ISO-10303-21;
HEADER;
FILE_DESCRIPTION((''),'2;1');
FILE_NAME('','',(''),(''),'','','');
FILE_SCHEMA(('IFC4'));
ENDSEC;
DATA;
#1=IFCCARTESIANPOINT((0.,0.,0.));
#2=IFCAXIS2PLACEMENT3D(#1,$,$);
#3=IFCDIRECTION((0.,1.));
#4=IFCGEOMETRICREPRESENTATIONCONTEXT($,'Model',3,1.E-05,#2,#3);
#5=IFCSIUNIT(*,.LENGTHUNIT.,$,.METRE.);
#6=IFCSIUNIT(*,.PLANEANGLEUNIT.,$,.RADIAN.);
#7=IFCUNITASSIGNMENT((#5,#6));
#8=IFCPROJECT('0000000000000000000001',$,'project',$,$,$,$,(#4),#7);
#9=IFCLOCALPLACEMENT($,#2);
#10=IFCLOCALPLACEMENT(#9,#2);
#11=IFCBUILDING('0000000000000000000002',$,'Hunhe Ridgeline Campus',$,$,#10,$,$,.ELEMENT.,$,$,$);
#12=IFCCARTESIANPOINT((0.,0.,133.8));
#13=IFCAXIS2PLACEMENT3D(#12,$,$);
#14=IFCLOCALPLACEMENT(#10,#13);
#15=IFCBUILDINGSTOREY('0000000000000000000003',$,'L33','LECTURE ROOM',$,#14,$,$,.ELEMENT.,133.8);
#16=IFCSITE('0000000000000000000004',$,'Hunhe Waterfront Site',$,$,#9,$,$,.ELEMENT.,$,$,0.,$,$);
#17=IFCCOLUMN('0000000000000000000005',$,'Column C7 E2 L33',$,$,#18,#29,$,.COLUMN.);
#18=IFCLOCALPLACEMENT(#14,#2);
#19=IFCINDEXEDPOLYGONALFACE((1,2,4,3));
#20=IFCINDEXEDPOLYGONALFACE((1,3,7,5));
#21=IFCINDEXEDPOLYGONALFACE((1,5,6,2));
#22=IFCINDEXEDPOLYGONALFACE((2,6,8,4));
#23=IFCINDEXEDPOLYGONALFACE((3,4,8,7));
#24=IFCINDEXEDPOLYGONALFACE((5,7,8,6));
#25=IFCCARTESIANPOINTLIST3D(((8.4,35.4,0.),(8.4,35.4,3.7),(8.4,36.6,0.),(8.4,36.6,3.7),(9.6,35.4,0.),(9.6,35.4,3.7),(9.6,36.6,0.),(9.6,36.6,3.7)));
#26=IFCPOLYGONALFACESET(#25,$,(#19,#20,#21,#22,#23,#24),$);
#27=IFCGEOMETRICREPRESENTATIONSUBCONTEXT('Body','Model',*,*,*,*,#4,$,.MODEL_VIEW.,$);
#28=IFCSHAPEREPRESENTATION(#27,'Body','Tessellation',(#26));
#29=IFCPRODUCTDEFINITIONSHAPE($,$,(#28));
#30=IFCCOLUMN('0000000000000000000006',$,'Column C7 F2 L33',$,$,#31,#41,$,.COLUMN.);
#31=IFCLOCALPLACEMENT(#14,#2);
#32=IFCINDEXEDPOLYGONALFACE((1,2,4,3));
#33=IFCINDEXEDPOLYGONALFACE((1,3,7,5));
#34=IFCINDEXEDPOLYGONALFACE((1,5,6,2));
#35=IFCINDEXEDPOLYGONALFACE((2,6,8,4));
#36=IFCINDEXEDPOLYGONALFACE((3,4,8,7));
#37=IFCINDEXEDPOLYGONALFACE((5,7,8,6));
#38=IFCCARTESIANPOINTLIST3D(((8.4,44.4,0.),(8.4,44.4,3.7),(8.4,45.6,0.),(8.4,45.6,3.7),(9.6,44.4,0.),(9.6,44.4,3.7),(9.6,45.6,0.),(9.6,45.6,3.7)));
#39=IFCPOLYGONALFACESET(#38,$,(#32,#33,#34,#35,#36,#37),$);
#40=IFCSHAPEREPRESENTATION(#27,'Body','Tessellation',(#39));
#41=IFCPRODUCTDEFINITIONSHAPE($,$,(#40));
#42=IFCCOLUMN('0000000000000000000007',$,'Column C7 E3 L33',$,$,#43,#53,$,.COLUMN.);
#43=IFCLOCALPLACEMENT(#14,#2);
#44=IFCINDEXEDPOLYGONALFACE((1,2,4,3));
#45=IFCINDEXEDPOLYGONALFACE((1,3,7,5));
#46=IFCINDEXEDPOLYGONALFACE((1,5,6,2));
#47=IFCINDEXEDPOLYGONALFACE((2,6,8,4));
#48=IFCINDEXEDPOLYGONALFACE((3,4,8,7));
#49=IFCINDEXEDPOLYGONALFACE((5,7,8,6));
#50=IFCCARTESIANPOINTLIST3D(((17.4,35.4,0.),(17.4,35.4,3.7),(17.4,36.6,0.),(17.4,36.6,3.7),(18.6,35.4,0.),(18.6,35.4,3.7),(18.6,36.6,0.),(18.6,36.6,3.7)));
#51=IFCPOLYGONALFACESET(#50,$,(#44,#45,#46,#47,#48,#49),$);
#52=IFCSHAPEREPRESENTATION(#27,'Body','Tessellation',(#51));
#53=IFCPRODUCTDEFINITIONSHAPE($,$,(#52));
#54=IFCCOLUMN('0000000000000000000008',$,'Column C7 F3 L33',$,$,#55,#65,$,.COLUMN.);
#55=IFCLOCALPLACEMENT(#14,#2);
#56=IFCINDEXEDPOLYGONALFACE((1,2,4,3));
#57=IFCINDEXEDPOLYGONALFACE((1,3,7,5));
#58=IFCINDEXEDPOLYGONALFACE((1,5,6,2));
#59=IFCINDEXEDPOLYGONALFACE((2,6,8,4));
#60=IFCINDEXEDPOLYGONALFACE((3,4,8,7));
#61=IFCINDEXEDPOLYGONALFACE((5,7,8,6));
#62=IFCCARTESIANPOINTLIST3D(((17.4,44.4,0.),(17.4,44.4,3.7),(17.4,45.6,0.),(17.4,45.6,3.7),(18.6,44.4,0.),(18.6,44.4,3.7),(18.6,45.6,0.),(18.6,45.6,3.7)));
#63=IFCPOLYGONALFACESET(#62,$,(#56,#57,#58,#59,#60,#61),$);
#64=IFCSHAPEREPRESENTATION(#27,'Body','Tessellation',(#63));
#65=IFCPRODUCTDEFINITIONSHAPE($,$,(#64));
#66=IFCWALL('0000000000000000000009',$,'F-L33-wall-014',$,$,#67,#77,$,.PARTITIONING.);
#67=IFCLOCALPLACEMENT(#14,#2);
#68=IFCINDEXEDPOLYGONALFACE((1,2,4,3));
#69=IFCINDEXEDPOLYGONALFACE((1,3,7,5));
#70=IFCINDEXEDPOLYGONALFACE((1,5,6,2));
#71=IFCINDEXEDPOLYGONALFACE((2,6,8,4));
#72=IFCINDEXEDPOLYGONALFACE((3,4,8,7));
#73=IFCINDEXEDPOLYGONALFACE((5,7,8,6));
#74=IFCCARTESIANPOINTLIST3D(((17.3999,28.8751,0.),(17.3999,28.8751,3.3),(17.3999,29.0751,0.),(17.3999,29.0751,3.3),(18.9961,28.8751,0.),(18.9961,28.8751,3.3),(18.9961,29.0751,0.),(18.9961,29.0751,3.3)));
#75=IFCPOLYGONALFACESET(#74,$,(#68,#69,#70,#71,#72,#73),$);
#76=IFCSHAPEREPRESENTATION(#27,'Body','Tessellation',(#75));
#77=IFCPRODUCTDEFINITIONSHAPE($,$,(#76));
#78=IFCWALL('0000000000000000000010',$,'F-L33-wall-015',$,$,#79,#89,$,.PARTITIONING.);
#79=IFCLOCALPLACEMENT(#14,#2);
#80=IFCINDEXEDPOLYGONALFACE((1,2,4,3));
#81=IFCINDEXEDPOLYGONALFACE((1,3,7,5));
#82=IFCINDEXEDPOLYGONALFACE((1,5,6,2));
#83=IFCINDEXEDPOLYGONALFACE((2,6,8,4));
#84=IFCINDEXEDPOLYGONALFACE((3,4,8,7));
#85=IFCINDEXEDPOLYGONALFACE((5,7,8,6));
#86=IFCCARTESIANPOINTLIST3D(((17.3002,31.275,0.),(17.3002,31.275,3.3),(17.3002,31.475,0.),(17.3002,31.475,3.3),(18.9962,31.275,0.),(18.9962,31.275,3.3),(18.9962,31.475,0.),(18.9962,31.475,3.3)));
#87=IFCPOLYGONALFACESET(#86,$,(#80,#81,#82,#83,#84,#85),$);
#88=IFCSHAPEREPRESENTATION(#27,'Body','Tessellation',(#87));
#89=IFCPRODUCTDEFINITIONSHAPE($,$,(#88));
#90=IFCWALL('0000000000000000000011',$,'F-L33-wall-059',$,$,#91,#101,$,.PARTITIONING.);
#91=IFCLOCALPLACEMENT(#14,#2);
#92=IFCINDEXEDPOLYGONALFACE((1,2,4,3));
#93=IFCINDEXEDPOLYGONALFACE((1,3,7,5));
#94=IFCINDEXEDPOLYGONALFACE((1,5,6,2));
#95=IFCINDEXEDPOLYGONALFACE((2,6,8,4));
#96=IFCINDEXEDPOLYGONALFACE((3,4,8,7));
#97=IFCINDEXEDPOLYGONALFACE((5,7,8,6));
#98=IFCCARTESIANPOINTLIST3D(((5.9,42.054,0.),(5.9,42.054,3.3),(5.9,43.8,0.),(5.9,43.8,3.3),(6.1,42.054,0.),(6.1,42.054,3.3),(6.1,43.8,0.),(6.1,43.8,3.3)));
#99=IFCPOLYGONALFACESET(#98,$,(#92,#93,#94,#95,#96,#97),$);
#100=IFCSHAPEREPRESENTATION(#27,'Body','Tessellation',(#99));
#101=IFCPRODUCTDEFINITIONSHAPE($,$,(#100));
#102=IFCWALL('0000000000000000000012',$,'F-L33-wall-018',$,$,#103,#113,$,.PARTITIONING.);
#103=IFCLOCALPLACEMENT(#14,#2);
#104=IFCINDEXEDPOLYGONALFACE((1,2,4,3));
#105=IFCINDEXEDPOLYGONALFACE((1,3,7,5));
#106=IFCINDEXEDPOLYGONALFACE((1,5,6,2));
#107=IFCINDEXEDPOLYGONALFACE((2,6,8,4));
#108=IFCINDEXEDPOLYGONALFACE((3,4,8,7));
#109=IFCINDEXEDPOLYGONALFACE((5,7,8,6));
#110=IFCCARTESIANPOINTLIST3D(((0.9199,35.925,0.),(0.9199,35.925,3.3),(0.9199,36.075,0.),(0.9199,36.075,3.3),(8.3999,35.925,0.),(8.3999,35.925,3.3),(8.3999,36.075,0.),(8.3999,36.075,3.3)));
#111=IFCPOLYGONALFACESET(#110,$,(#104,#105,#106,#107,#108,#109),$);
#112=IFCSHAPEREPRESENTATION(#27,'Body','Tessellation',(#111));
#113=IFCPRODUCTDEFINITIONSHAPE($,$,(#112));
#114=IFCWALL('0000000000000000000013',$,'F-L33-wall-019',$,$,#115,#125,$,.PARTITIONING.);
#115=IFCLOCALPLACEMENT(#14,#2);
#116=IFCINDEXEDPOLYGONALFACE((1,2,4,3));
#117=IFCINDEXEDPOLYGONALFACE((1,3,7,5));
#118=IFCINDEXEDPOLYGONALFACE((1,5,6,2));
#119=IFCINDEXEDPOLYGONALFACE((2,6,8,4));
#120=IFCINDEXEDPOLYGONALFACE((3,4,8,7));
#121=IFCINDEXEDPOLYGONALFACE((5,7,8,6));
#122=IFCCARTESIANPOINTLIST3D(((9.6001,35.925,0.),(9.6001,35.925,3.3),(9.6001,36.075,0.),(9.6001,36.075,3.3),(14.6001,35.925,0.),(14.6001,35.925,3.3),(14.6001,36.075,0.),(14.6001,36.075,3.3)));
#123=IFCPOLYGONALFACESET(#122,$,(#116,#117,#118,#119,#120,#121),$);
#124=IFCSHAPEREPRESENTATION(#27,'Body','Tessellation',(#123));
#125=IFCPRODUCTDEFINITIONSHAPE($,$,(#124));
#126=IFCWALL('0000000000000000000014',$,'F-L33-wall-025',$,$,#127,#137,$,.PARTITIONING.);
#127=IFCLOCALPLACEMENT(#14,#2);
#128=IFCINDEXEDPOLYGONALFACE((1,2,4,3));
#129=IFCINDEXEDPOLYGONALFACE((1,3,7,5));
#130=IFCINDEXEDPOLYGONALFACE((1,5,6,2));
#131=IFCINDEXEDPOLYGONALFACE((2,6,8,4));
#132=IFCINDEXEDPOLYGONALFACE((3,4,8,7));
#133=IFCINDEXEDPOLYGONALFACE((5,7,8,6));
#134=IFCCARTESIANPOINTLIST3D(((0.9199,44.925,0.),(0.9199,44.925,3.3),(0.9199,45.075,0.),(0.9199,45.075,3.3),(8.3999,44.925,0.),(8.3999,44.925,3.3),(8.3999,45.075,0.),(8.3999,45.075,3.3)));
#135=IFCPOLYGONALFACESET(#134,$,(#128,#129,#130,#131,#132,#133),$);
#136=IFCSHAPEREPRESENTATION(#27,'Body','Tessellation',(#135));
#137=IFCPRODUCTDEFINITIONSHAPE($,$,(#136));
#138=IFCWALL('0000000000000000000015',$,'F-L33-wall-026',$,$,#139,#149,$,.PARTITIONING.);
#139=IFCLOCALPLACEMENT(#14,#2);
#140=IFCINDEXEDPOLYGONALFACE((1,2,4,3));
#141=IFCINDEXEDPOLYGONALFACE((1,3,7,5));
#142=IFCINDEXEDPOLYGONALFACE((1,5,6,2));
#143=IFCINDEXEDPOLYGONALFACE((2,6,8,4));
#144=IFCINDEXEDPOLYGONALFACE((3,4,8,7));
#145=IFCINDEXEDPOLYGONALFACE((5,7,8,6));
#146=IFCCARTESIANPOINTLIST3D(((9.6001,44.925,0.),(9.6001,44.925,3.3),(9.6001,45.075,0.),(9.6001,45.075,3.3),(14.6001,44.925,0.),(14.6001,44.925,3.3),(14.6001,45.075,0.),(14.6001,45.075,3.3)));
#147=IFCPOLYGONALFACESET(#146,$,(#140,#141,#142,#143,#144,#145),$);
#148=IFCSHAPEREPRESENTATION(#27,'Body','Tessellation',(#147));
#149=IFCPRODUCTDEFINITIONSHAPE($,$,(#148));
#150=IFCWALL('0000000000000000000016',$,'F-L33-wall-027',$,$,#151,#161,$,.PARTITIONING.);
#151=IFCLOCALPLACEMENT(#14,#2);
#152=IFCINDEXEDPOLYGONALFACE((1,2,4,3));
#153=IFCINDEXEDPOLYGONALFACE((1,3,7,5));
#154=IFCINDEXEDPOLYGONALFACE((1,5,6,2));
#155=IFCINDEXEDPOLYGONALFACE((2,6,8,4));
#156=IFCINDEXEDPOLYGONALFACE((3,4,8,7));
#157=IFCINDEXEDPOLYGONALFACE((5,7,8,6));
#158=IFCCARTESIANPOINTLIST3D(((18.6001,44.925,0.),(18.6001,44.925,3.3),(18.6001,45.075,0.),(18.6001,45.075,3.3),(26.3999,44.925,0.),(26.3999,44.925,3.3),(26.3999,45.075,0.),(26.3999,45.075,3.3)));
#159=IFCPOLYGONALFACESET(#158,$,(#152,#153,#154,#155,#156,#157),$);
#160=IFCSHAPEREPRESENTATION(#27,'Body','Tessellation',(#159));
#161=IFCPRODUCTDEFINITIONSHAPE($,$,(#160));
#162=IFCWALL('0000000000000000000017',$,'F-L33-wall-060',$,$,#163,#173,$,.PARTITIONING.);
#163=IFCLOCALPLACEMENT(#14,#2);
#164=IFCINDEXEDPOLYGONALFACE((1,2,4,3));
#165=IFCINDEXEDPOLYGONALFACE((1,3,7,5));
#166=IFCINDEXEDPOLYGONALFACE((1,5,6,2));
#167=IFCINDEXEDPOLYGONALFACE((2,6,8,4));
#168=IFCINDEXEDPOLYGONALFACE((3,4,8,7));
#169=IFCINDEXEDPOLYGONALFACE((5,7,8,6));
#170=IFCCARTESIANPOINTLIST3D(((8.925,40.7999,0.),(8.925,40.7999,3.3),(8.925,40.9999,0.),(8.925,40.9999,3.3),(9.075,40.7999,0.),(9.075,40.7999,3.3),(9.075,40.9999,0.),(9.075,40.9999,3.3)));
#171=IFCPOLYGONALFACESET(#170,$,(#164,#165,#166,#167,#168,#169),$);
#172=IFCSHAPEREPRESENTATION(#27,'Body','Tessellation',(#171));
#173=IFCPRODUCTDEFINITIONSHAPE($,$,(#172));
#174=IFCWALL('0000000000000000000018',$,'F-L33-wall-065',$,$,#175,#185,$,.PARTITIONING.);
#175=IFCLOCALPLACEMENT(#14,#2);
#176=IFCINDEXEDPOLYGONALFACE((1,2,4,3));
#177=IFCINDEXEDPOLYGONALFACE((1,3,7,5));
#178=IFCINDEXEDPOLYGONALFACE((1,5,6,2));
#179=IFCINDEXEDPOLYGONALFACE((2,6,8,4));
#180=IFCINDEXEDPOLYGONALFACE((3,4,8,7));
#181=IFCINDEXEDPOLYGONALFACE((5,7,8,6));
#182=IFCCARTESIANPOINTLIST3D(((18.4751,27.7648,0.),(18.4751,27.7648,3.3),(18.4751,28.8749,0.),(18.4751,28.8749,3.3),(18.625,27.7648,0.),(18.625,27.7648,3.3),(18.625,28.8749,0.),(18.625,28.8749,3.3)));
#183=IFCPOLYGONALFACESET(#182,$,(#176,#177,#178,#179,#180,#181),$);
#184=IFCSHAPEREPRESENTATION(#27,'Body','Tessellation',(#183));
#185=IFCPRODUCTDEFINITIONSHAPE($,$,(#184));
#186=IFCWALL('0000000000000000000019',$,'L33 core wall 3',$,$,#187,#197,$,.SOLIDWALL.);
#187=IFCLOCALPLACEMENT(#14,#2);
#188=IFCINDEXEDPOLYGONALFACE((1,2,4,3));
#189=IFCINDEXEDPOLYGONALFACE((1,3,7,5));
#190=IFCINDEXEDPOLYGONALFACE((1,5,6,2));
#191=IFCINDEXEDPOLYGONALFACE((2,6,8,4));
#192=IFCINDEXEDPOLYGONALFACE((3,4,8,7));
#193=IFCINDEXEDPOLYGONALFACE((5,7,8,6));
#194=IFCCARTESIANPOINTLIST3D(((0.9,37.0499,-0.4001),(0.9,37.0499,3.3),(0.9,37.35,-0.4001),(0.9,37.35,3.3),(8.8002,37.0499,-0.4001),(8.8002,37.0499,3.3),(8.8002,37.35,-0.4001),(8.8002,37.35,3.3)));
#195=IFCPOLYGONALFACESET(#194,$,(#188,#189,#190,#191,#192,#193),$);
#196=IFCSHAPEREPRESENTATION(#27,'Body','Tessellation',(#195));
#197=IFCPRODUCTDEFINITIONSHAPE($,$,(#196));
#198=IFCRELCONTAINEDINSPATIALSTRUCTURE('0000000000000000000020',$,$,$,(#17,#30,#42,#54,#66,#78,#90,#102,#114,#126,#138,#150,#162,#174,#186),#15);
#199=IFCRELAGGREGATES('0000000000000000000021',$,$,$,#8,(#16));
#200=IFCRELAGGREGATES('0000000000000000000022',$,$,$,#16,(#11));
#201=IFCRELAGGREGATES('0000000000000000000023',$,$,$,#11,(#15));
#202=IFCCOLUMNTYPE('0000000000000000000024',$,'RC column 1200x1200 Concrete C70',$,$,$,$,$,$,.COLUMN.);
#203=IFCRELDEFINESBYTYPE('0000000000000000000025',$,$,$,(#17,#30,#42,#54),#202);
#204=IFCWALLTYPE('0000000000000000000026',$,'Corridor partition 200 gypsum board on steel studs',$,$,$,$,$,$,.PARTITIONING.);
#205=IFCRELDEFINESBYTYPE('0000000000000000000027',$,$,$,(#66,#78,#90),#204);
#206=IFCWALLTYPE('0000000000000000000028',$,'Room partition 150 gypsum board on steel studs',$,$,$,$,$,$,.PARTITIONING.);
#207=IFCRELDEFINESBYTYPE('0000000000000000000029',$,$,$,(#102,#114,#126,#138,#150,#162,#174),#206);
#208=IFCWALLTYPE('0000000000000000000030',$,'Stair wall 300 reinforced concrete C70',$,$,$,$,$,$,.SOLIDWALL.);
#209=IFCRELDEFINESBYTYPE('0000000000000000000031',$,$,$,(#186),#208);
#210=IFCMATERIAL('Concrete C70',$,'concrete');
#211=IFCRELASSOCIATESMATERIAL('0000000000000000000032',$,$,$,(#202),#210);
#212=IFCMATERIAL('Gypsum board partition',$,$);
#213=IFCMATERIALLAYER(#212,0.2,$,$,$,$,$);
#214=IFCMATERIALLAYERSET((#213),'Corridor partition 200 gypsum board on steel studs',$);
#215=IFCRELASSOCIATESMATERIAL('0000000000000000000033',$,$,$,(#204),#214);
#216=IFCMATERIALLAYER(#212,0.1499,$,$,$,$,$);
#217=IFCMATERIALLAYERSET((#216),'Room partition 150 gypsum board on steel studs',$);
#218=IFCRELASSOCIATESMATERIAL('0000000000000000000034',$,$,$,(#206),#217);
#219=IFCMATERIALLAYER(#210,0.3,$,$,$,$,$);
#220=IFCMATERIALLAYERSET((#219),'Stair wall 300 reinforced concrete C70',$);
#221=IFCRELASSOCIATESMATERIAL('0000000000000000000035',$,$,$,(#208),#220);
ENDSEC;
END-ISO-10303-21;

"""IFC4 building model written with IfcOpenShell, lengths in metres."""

from ifc_helpers import new_model, si_unit, direction, frame, frame_2d, origin, origin_2d, place, context, subcontext, project, spatial, rectangle, extrude, material, layer, layer_set, material_profile, profile_set, type_object, element, save


model = new_model("IFC4")

# Units and contexts
model_context = context("Model", 3, precision=1e-05, world=origin(), true_north=direction((0.0, 1.0)))
body_context = subcontext(model_context, "Body", "Model", "MODEL_VIEW")
ifc_project = project(units=[si_unit("LENGTHUNIT", "METRE"), si_unit("PLANEANGLEUNIT", "RADIAN")], contexts=[model_context])

# Site, building, storey
site_placement = place(None, origin())
site = spatial("IfcSite", under=ifc_project, at=site_placement, Name="Hunhe Waterfront Site", CompositionType="ELEMENT", RefElevation=0.0)
building_placement = place(site_placement, origin())
building = spatial("IfcBuilding", under=site, at=building_placement, Name="Hunhe Ridgeline Campus", CompositionType="ELEMENT")
storey_placement = place(building_placement, frame((0.0, 0.0, 133.8)))
storey = spatial("IfcBuildingStorey", under=building, at=storey_placement, Name="L33", Description="LECTURE ROOM", CompositionType="ELEMENT", Elevation=133.8)

# Columns
ifc_material_1 = material(Name="Concrete C70", Category="concrete")
ifc_material_profile = material_profile(ifc_material_1, rectangle(XDim=1.2, YDim=1.2, at=origin_2d()))
ifc_profile_set = profile_set([ifc_material_profile], Name="Concrete C70")
column_type = type_object("IfcColumnType", Name="RC column 1200x1200 Concrete C70", PredefinedType="COLUMN", material=ifc_profile_set)
for number, where, z_axis, x_axis, name in (
    (1, (9.0, 36.0, 0.0), (0.0, 0.0, 1.0), (1.0, 0.0, 0.0), "Column C7 E2 L33"),
    (2, (9.0, 45.0, 0.0), (0.0, 0.0, 1.0), (1.0, 0.0, 0.0), "Column C7 F2 L33"),
    (3, (18.0, 36.0, 0.0), (0.0, 0.0, 1.0), (1.0, 0.0, 0.0), "Column C7 E3 L33"),
    (4, (18.0, 45.0, 0.0), (0.0, 0.0, 1.0), (1.0, 0.0, 0.0), "Column C7 F3 L33"),
):
    element("IfcColumn", number, at=place(storey_placement, frame(where, z_axis=z_axis, x_axis=x_axis)), inside=storey, type_object=column_type, Name=name, PredefinedType="COLUMN", context=body_context, shape_type="SweptSolid", body=[
        extrude(rectangle(XDim=1.2, YDim=1.2, at=origin_2d()), origin(), (0.0, 0.0, 1.0), 3.7),
    ])

# Walls
ifc_material_2 = material(Name="Gypsum board partition")
ifc_layer_1 = layer(ifc_material_2, 0.2)
ifc_layer_set_1 = layer_set([ifc_layer_1], Name="Corridor partition 200 gypsum board on steel studs")
wall_type_1 = type_object("IfcWallType", Name="Corridor partition 200 gypsum board on steel studs", PredefinedType="PARTITIONING", material=ifc_layer_set_1)
wall_1_placement = place(storey_placement, frame((18.9961, 28.9751, 0.0), z_axis=(0.0, 0.0, 1.0), x_axis=(-1.0, 0.0, 0.0)))
element("IfcWall", 5, at=wall_1_placement, inside=storey, type_object=wall_type_1, Name="F-L33-wall-014", PredefinedType="PARTITIONING", context=body_context, shape_type="SweptSolid", body=[
    extrude(rectangle(XDim=1.5962, YDim=0.2, at=frame_2d((0.7981, 0.0))), origin(), (0.0, 0.0, 1.0), 3.3),
])
wall_2_placement = place(storey_placement, frame((17.3, 31.375, 0.0), z_axis=(0.0, 0.0, 1.0), x_axis=(1.0, 0.0, 0.0)))
element("IfcWall", 6, at=wall_2_placement, inside=storey, type_object=wall_type_1, Name="F-L33-wall-015", PredefinedType="PARTITIONING", context=body_context, shape_type="SweptSolid", body=[
    extrude(rectangle(XDim=1.696, YDim=0.2, at=frame_2d((0.8481, 0.0))), origin(), (0.0, 0.0, 1.0), 3.3),
])

# Wall
wall_3_placement = place(storey_placement, frame((6.0, 42.054, 0.0), z_axis=(0.0, 0.0, 1.0), x_axis=(0.0, 1.0, 0.0)))
element("IfcWall", 7, at=wall_3_placement, inside=storey, type_object=wall_type_1, Name="F-L33-wall-059", PredefinedType="PARTITIONING", context=body_context, shape_type="SweptSolid", body=[
    extrude(rectangle(XDim=1.7461, YDim=0.2, at=frame_2d((0.873, 0.0))), origin(), (0.0, 0.0, 1.0), 3.3),
])

# Walls
ifc_layer_2 = layer(ifc_material_2, 0.1499)
ifc_layer_set_2 = layer_set([ifc_layer_2], Name="Room partition 150 gypsum board on steel studs")
wall_type_2 = type_object("IfcWallType", Name="Room partition 150 gypsum board on steel studs", PredefinedType="PARTITIONING", material=ifc_layer_set_2)
wall_4_placement = place(storey_placement, frame((0.9199, 36.0, 0.0), z_axis=(0.0, 0.0, 1.0), x_axis=(1.0, 0.0, 0.0)))
element("IfcWall", 8, at=wall_4_placement, inside=storey, type_object=wall_type_2, Name="F-L33-wall-018", PredefinedType="PARTITIONING", context=body_context, shape_type="SweptSolid", body=[
    extrude(rectangle(XDim=7.48, YDim=0.1499, at=frame_2d((3.74, 0.0))), origin(), (0.0, 0.0, 1.0), 3.3),
])
wall_5_placement = place(storey_placement, frame((9.6001, 36.0, 0.0), z_axis=(0.0, 0.0, 1.0), x_axis=(1.0, 0.0, 0.0)))
element("IfcWall", 9, at=wall_5_placement, inside=storey, type_object=wall_type_2, Name="F-L33-wall-019", PredefinedType="PARTITIONING", context=body_context, shape_type="SweptSolid", body=[
    extrude(rectangle(XDim=5.0, YDim=0.1499, at=frame_2d((2.5, 0.0))), origin(), (0.0, 0.0, 1.0), 3.3),
])
wall_6_placement = place(storey_placement, frame((0.9199, 45.0, 0.0), z_axis=(0.0, 0.0, 1.0), x_axis=(1.0, 0.0, 0.0)))
element("IfcWall", 10, at=wall_6_placement, inside=storey, type_object=wall_type_2, Name="F-L33-wall-025", PredefinedType="PARTITIONING", context=body_context, shape_type="SweptSolid", body=[
    extrude(rectangle(XDim=7.48, YDim=0.1499, at=frame_2d((3.74, 0.0))), origin(), (0.0, 0.0, 1.0), 3.3),
])
wall_7_placement = place(storey_placement, frame((9.6001, 45.0, 0.0), z_axis=(0.0, 0.0, 1.0), x_axis=(1.0, 0.0, 0.0)))
element("IfcWall", 11, at=wall_7_placement, inside=storey, type_object=wall_type_2, Name="F-L33-wall-026", PredefinedType="PARTITIONING", context=body_context, shape_type="SweptSolid", body=[
    extrude(rectangle(XDim=5.0, YDim=0.1499, at=frame_2d((2.5, 0.0))), origin(), (0.0, 0.0, 1.0), 3.3),
])
wall_8_placement = place(storey_placement, frame((18.6001, 45.0, 0.0), z_axis=(0.0, 0.0, 1.0), x_axis=(1.0, 0.0, 0.0)))
element("IfcWall", 12, at=wall_8_placement, inside=storey, type_object=wall_type_2, Name="F-L33-wall-027", PredefinedType="PARTITIONING", context=body_context, shape_type="SweptSolid", body=[
    extrude(rectangle(XDim=7.7998, YDim=0.1499, at=frame_2d((3.8999, 0.0))), origin(), (0.0, 0.0, 1.0), 3.3),
])
wall_9_placement = place(storey_placement, frame((9.0, 41.0, 0.0), z_axis=(0.0, 0.0, 1.0), x_axis=(0.0, -1.0, 0.0)))
element("IfcWall", 13, at=wall_9_placement, inside=storey, type_object=wall_type_2, Name="F-L33-wall-060", PredefinedType="PARTITIONING", context=body_context, shape_type="SweptSolid", body=[
    extrude(rectangle(XDim=0.2, YDim=0.1499, at=frame_2d((0.1001, 0.0))), origin(), (0.0, 0.0, 1.0), 3.3),
])
wall_10_placement = place(storey_placement, frame((18.55, 28.875, 0.0), z_axis=(0.0, 0.0, 1.0), x_axis=(0.0, -1.0, 0.0)))
element("IfcWall", 14, at=wall_10_placement, inside=storey, type_object=wall_type_2, Name="F-L33-wall-065", PredefinedType="PARTITIONING", context=body_context, shape_type="SweptSolid", body=[
    extrude(rectangle(XDim=1.1101, YDim=0.1499, at=frame_2d((0.5552, 0.0))), origin(), (0.0, 0.0, 1.0), 3.3),
])
ifc_layer_3 = layer(ifc_material_1, 0.3)
ifc_layer_set_3 = layer_set([ifc_layer_3], Name="Stair wall 300 reinforced concrete C70")
wall_type_3 = type_object("IfcWallType", Name="Stair wall 300 reinforced concrete C70", PredefinedType="SOLIDWALL", material=ifc_layer_set_3)
wall_11_placement = place(storey_placement, frame((0.8999, 37.2, -0.4001), z_axis=(0.0, 0.0, 1.0), x_axis=(1.0, 0.0, 0.0)))
element("IfcWall", 15, at=wall_11_placement, inside=storey, type_object=wall_type_3, Name="L33 core wall 3", PredefinedType="SOLIDWALL", context=body_context, shape_type="SweptSolid", body=[
    extrude(rectangle(XDim=7.9001, YDim=0.3, at=frame_2d((3.9502, 0.0))), origin(), (0.0, 0.0, 1.0), 3.7002),
])

save(model, "model.ifc")
